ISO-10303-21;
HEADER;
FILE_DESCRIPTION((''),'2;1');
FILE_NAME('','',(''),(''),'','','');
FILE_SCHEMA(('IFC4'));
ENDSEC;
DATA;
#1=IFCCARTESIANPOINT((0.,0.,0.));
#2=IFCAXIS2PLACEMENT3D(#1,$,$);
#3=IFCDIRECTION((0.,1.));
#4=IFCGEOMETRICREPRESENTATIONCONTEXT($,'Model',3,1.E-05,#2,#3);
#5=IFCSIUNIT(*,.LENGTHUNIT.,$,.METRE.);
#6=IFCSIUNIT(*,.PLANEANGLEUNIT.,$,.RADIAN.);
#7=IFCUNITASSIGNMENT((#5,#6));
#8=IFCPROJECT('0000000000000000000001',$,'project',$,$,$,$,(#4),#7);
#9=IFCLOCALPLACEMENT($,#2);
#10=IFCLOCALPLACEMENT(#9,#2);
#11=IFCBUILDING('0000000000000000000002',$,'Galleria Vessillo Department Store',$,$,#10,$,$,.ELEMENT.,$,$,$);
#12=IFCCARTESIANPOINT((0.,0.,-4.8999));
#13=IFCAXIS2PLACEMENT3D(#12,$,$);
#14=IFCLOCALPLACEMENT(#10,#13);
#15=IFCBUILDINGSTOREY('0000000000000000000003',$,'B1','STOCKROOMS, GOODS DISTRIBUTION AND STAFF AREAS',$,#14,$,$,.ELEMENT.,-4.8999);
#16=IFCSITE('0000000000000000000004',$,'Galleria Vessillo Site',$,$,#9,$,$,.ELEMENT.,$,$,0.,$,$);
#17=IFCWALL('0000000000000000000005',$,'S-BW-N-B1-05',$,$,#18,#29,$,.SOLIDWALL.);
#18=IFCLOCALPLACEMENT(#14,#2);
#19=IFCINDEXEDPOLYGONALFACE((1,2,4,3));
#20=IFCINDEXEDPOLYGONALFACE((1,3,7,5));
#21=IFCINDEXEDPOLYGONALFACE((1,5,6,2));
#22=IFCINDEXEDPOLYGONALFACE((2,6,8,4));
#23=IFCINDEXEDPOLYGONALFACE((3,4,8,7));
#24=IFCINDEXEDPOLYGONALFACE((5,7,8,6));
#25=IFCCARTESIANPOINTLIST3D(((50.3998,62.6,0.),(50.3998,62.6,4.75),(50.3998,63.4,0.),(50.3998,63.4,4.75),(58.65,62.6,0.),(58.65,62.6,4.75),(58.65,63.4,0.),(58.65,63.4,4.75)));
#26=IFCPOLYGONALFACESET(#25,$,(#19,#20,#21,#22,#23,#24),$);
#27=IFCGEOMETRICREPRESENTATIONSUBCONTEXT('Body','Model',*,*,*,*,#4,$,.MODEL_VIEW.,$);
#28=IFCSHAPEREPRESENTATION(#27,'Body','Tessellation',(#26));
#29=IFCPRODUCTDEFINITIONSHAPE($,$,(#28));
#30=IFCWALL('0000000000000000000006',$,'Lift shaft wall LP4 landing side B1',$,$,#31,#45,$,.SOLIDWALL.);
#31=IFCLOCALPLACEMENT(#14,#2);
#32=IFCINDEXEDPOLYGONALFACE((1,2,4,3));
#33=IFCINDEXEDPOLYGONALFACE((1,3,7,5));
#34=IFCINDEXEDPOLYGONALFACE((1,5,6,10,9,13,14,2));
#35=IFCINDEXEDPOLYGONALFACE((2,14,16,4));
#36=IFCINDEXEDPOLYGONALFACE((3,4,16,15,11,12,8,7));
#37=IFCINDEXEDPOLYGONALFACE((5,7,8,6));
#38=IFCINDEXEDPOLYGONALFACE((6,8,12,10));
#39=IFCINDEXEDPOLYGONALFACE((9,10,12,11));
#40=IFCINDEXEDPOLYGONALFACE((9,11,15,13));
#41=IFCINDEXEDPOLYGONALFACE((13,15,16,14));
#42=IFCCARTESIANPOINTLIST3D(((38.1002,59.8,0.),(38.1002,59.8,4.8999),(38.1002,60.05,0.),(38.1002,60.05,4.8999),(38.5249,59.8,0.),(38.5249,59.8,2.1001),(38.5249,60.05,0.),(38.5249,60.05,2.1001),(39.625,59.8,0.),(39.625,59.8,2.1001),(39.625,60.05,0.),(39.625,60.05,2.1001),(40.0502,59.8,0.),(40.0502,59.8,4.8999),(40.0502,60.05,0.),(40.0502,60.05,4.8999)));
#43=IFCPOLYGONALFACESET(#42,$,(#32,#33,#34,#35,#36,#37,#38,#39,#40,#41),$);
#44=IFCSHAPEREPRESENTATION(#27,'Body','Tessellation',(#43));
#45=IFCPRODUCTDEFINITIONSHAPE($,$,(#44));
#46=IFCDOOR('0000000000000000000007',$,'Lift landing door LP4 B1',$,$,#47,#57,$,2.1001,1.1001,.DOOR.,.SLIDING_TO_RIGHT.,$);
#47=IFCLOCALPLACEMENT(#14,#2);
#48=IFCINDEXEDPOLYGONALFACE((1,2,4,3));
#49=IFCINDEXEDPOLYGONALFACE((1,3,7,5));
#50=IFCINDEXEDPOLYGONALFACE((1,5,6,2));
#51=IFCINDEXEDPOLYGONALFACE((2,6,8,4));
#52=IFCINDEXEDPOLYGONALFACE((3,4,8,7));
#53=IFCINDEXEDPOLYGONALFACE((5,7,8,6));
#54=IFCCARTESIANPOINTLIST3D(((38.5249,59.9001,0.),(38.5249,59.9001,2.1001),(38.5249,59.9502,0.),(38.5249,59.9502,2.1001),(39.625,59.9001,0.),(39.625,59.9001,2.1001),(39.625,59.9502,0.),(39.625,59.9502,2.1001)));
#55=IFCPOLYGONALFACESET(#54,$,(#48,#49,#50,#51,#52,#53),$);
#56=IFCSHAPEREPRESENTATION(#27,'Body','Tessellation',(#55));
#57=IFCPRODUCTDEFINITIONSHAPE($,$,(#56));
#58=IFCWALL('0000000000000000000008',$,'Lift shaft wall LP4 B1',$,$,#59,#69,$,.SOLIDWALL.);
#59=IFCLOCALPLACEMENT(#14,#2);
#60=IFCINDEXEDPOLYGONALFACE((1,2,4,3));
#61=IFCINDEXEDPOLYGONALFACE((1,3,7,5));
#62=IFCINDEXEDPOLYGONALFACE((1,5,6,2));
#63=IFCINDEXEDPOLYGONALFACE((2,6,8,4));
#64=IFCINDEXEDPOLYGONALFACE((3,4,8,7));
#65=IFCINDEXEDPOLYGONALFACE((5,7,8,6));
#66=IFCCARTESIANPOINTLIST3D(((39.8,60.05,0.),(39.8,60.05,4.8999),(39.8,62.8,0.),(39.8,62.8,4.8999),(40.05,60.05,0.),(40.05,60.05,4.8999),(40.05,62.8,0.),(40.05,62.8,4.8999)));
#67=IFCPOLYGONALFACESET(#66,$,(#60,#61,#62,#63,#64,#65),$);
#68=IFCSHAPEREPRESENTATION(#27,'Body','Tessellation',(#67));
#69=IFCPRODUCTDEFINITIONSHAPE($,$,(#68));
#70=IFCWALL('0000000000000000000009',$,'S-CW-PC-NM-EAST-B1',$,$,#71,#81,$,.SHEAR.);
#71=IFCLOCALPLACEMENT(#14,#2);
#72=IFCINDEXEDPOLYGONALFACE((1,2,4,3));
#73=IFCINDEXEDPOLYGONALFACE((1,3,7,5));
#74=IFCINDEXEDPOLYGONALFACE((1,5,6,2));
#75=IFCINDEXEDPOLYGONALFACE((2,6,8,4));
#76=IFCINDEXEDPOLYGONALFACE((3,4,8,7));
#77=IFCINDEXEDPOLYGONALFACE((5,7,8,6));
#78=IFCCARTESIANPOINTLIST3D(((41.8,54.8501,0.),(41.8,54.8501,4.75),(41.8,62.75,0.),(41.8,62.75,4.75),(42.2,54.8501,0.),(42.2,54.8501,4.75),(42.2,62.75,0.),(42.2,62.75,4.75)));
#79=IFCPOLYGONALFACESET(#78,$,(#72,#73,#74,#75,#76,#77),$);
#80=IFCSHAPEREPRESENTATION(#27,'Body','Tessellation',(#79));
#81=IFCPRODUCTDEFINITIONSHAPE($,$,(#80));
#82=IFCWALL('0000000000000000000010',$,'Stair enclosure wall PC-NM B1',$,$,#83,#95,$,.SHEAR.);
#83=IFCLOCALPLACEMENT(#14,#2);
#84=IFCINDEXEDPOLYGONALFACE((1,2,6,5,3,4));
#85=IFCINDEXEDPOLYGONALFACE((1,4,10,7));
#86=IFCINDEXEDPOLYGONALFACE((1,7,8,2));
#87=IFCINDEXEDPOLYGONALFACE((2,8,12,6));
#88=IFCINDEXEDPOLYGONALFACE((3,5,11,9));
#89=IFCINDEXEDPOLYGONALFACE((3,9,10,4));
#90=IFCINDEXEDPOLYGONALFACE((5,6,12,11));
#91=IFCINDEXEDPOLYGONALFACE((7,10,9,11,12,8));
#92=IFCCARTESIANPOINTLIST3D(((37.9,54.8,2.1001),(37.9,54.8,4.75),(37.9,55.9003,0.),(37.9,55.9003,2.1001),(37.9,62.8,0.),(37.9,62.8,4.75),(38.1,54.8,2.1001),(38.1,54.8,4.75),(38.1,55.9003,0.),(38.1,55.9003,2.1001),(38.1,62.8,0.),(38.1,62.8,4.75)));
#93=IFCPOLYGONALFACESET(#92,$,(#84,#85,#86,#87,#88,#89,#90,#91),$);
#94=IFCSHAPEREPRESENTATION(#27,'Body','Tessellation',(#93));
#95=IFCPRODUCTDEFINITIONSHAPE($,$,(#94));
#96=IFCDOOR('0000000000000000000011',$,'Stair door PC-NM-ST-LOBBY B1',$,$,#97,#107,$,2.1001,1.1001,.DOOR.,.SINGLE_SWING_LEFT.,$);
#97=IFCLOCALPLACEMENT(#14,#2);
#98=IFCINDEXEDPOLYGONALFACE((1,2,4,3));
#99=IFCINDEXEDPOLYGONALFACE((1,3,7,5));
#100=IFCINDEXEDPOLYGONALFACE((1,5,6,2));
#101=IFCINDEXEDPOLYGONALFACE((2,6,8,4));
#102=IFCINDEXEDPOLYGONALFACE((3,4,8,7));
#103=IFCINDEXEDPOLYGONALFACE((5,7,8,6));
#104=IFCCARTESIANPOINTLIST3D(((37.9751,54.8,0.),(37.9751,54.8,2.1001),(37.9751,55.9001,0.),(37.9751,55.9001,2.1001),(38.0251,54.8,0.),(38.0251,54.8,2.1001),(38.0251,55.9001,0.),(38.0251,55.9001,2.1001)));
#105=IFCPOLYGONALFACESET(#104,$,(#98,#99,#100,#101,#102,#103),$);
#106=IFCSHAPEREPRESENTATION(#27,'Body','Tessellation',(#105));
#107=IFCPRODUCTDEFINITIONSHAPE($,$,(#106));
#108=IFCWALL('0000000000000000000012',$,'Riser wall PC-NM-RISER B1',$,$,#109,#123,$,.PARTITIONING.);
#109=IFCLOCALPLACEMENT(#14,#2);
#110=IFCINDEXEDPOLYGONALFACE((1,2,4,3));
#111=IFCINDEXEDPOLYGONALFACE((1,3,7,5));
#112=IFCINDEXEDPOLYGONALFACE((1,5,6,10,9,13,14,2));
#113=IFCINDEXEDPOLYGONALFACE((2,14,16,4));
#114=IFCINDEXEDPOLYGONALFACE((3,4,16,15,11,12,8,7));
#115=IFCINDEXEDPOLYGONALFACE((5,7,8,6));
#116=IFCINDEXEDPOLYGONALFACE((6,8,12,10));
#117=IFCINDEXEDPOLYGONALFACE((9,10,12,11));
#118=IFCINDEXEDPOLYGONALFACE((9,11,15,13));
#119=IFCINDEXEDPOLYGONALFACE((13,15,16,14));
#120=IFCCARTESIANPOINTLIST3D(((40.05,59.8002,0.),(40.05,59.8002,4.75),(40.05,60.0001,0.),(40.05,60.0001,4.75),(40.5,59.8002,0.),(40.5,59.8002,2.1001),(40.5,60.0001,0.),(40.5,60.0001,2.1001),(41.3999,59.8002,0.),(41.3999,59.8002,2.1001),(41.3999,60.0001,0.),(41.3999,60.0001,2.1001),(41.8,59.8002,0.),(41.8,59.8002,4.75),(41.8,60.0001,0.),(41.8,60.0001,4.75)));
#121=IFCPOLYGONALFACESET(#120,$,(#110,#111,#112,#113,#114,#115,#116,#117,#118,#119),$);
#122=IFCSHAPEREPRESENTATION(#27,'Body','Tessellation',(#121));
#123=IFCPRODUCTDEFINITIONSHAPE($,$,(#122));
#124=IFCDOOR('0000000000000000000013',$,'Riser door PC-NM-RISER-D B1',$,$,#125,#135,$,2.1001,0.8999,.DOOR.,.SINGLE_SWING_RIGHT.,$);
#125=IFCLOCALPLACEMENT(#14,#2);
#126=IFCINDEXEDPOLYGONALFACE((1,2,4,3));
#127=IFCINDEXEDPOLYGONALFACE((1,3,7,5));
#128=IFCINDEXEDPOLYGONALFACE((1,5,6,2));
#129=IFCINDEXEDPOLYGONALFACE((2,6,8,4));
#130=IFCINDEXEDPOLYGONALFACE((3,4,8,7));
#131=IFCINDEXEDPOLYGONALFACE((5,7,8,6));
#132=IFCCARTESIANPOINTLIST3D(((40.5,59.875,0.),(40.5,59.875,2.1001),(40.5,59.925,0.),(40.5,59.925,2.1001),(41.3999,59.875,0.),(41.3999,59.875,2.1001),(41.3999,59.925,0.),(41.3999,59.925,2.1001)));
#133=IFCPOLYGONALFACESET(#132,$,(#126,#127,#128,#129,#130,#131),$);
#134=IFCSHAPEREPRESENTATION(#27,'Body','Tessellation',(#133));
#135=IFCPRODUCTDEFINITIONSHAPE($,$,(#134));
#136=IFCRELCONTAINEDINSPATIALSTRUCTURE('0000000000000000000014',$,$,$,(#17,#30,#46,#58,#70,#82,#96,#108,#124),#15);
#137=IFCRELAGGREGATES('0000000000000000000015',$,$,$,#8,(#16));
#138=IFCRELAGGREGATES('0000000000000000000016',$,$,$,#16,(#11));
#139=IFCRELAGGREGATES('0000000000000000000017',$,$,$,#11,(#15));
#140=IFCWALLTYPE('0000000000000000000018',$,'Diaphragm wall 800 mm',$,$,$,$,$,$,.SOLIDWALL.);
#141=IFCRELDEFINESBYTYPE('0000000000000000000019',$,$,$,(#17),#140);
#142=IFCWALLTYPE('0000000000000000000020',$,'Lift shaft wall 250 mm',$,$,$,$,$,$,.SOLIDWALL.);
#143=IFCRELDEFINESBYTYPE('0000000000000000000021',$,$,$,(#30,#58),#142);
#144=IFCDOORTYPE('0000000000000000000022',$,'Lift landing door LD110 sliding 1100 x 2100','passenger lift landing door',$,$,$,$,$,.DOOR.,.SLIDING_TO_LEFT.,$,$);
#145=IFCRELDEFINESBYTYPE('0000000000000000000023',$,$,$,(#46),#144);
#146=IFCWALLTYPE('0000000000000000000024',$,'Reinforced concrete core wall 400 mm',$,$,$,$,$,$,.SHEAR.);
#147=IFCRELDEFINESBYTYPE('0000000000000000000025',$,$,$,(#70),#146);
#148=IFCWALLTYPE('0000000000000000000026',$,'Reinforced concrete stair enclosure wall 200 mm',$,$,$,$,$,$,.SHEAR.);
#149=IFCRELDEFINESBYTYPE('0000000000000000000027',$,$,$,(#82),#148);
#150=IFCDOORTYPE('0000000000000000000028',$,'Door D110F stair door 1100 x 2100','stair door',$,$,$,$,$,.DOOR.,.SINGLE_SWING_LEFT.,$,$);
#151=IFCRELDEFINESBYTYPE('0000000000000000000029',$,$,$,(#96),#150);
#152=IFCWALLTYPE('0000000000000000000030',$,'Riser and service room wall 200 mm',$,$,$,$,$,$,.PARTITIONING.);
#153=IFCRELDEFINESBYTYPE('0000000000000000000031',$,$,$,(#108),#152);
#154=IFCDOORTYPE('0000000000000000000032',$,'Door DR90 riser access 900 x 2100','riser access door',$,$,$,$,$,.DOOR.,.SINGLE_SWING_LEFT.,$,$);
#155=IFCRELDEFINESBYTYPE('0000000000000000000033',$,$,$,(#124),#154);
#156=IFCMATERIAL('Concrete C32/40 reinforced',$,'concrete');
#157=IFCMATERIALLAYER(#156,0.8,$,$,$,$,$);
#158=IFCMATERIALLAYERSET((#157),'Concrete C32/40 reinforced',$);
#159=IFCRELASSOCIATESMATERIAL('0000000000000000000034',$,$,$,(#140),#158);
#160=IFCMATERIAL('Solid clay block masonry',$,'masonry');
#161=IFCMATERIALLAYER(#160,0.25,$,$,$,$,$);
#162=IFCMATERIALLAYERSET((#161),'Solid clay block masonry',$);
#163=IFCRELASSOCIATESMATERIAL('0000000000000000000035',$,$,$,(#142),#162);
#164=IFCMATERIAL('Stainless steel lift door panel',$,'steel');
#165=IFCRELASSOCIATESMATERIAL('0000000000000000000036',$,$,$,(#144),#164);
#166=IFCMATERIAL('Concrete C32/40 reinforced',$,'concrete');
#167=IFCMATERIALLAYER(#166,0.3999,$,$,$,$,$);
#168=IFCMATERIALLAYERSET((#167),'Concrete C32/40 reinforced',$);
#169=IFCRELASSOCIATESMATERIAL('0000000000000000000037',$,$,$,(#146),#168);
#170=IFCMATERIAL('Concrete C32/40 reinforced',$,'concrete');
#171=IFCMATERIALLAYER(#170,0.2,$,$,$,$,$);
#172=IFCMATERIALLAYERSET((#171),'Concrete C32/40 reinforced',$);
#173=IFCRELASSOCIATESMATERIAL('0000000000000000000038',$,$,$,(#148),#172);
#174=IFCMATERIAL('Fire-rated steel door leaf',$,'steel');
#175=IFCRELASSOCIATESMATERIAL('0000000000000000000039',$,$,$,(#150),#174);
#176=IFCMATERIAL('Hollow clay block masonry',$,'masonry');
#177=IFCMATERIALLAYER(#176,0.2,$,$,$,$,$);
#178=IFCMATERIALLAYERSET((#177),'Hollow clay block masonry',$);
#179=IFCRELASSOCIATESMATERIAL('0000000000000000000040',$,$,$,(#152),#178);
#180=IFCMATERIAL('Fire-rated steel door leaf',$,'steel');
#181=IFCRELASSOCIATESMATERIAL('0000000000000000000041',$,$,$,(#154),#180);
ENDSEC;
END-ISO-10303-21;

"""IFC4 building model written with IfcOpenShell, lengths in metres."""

from ifc_helpers import new_model, si_unit, direction, frame, frame_2d, origin, place, context, subcontext, project, spatial, rectangle, extrude, material, layer, layer_set, type_object, element, fill, save


model = new_model("IFC4")

# Units and contexts
model_context = context("Model", 3, precision=1e-05, world=origin(), true_north=direction((0.0, 1.0)))
body_context = subcontext(model_context, "Body", "Model", "MODEL_VIEW")
ifc_project = project(units=[si_unit("LENGTHUNIT", "METRE"), si_unit("PLANEANGLEUNIT", "RADIAN")], contexts=[model_context])

# Site, building, storey
site_placement = place(None, origin())
site = spatial("IfcSite", under=ifc_project, at=site_placement, Name="Galleria Vessillo Site", CompositionType="ELEMENT", RefElevation=0.0)
building_placement = place(site_placement, origin())
building = spatial("IfcBuilding", under=site, at=building_placement, Name="Galleria Vessillo Department Store", CompositionType="ELEMENT")
storey_placement = place(building_placement, frame((0.0, 0.0, -4.8999)))
storey = spatial("IfcBuildingStorey", under=building, at=storey_placement, Name="B1", Description="STOCKROOMS, GOODS DISTRIBUTION AND STAFF AREAS", CompositionType="ELEMENT", Elevation=-4.8999)

# Wall
ifc_material_1 = material(Name="Concrete C32/40 reinforced", Category="concrete")
ifc_layer_1 = layer(ifc_material_1, 0.8)
ifc_layer_set_1 = layer_set([ifc_layer_1], Name="Concrete C32/40 reinforced")
wall_type_1 = type_object("IfcWallType", Name="Diaphragm wall 800 mm", PredefinedType="SOLIDWALL", material=ifc_layer_set_1)
wall_1_placement = place(storey_placement, frame((50.3999, 63.0, 0.0), z_axis=(0.0, 0.0, 1.0), x_axis=(1.0, 0.0, 0.0)))
element("IfcWall", 1, at=wall_1_placement, inside=storey, type_object=wall_type_1, Name="S-BW-N-B1-05", PredefinedType="SOLIDWALL", context=body_context, shape_type="SweptSolid", body=[
    extrude(rectangle(XDim=8.2502, YDim=0.8, at=frame_2d((4.125, 0.0))), origin(), (0.0, 0.0, 1.0), 4.75),
])

# Wall, opening, door
ifc_material_2 = material(Name="Solid clay block masonry", Category="masonry")
ifc_layer_2 = layer(ifc_material_2, 0.25)
ifc_layer_set_2 = layer_set([ifc_layer_2], Name="Solid clay block masonry")
wall_type_2 = type_object("IfcWallType", Name="Lift shaft wall 250 mm", PredefinedType="SOLIDWALL", material=ifc_layer_set_2)
wall_2_placement = place(storey_placement, frame((38.1001, 59.925, 0.0), z_axis=(0.0, 0.0, 1.0), x_axis=(1.0, 0.0, 0.0)))
wall_2 = element("IfcWall", 2, at=wall_2_placement, inside=storey, type_object=wall_type_2, Name="Lift shaft wall LP4 landing side B1", PredefinedType="SOLIDWALL", context=body_context, shape_type="SweptSolid", body=[
    extrude(rectangle(XDim=1.95, YDim=0.25, at=frame_2d((0.9751, 0.0))), origin(), (0.0, 0.0, 1.0), 4.8999),
])
opening_1_placement = place(wall_2_placement, frame((0.4248, 0.0, 0.0)))
opening_1 = element("IfcOpeningElement", 3, at=opening_1_placement, cuts=wall_2, PredefinedType="OPENING", context=body_context, shape_type="SweptSolid", body=[
    extrude(rectangle(XDim=1.1001, YDim=2.1001, at=frame_2d((0.55, 1.05))), frame((0.0, 0.135, 0.0), z_axis=(0.0, -1.0, 0.0), x_axis=(1.0, 0.0, 0.0)), (0.0, 0.0, 1.0), 0.27),
])
ifc_material_3 = material(Name="Stainless steel lift door panel", Category="steel")
door_type_1 = type_object("IfcDoorType", Name="Lift landing door LD110 sliding 1100 x 2100", Description="passenger lift landing door", OperationType="SLIDING_TO_LEFT", PredefinedType="DOOR", material=ifc_material_3)
door_1_placement = place(opening_1_placement, frame((1.1001, 0.0, 0.0), z_axis=(0.0, 0.0, 1.0), x_axis=(-1.0, 0.0, 0.0)))
door_1 = element("IfcDoor", 4, at=door_1_placement, inside=storey, type_object=door_type_1, Name="Lift landing door LP4 B1", OperationType="SLIDING_TO_RIGHT", OverallHeight=2.1001, OverallWidth=1.1001, PredefinedType="DOOR", context=body_context, shape_type="SweptSolid", body=[
    extrude(rectangle(XDim=1.1001, YDim=2.1001, at=frame_2d((0.55, 1.05))), frame((0.0, 0.0249, 0.0), z_axis=(0.0, -1.0, 0.0), x_axis=(1.0, 0.0, 0.0)), (0.0, 0.0, 1.0), 0.05),
])
fill(opening_1, door_1)

# Walls
wall_3_placement = place(storey_placement, frame((39.925, 62.8, 0.0), z_axis=(0.0, 0.0, 1.0), x_axis=(0.0, -1.0, 0.0)))
element("IfcWall", 5, at=wall_3_placement, inside=storey, type_object=wall_type_2, Name="Lift shaft wall LP4 B1", PredefinedType="SOLIDWALL", context=body_context, shape_type="SweptSolid", body=[
    extrude(rectangle(XDim=2.75, YDim=0.25, at=frame_2d((1.375, 0.0))), origin(), (0.0, 0.0, 1.0), 4.8999),
])
ifc_material_4 = material(Name="Concrete C32/40 reinforced", Category="concrete")
ifc_layer_3 = layer(ifc_material_4, 0.3999)
ifc_layer_set_3 = layer_set([ifc_layer_3], Name="Concrete C32/40 reinforced")
wall_type_3 = type_object("IfcWallType", Name="Reinforced concrete core wall 400 mm", PredefinedType="SHEAR", material=ifc_layer_set_3)
wall_4_placement = place(storey_placement, frame((42.0, 54.8501, 0.0), z_axis=(0.0, 0.0, 1.0), x_axis=(0.0, 1.0, 0.0)))
element("IfcWall", 6, at=wall_4_placement, inside=storey, type_object=wall_type_3, Name="S-CW-PC-NM-EAST-B1", PredefinedType="SHEAR", context=body_context, shape_type="SweptSolid", body=[
    extrude(rectangle(XDim=7.8999, YDim=0.3999, at=frame_2d((3.95, 0.0))), origin(), (0.0, 0.0, 1.0), 4.75),
])

# Walls, openings, doors
ifc_material_5 = material(Name="Concrete C32/40 reinforced", Category="concrete")
ifc_layer_4 = layer(ifc_material_5, 0.2)
ifc_layer_set_4 = layer_set([ifc_layer_4], Name="Concrete C32/40 reinforced")
wall_type_4 = type_object("IfcWallType", Name="Reinforced concrete stair enclosure wall 200 mm", PredefinedType="SHEAR", material=ifc_layer_set_4)
wall_5_placement = place(storey_placement, frame((38.0, 62.8, 0.0), z_axis=(0.0, 0.0, 1.0), x_axis=(0.0, -1.0, 0.0)))
wall_5 = element("IfcWall", 7, at=wall_5_placement, inside=storey, type_object=wall_type_4, Name="Stair enclosure wall PC-NM B1", PredefinedType="SHEAR", context=body_context, shape_type="SweptSolid", body=[
    extrude(rectangle(XDim=8.0, YDim=0.2, at=frame_2d((4.0, 0.0))), origin(), (0.0, 0.0, 1.0), 4.75),
])
opening_2_placement = place(wall_5_placement, frame((6.8999, 0.0, 0.0)))
opening_2 = element("IfcOpeningElement", 8, at=opening_2_placement, cuts=wall_5, PredefinedType="OPENING", context=body_context, shape_type="SweptSolid", body=[
    extrude(rectangle(XDim=1.1101, YDim=2.1001, at=frame_2d((0.5549, 1.05))), frame((0.0, 0.1099, 0.0), z_axis=(0.0, -1.0, 0.0), x_axis=(1.0, 0.0, 0.0)), (0.0, 0.0, 1.0), 0.22),
])
ifc_material_6 = material(Name="Fire-rated steel door leaf", Category="steel")
door_type_2 = type_object("IfcDoorType", Name="Door D110F stair door 1100 x 2100", Description="stair door", OperationType="SINGLE_SWING_LEFT", PredefinedType="DOOR", material=ifc_material_6)
door_2_placement = place(opening_2_placement, frame((1.1001, 0.0, 0.0), z_axis=(0.0, 0.0, 1.0), x_axis=(-1.0, 0.0, 0.0)))
door_2 = element("IfcDoor", 9, at=door_2_placement, inside=storey, type_object=door_type_2, Name="Stair door PC-NM-ST-LOBBY B1", OperationType="SINGLE_SWING_LEFT", OverallHeight=2.1001, OverallWidth=1.1001, PredefinedType="DOOR", context=body_context, shape_type="SweptSolid", body=[
    extrude(rectangle(XDim=1.1001, YDim=2.1001, at=frame_2d((0.55, 1.05))), frame((0.0, 0.0249, 0.0), z_axis=(0.0, -1.0, 0.0), x_axis=(1.0, 0.0, 0.0)), (0.0, 0.0, 1.0), 0.05),
])
fill(opening_2, door_2)
ifc_material_7 = material(Name="Hollow clay block masonry", Category="masonry")
ifc_layer_5 = layer(ifc_material_7, 0.2)
ifc_layer_set_5 = layer_set([ifc_layer_5], Name="Hollow clay block masonry")
wall_type_5 = type_object("IfcWallType", Name="Riser and service room wall 200 mm", PredefinedType="PARTITIONING", material=ifc_layer_set_5)
wall_6_placement = place(storey_placement, frame((40.05, 59.9001, 0.0), z_axis=(0.0, 0.0, 1.0), x_axis=(1.0, 0.0, 0.0)))
wall_6 = element("IfcWall", 10, at=wall_6_placement, inside=storey, type_object=wall_type_5, Name="Riser wall PC-NM-RISER B1", PredefinedType="PARTITIONING", context=body_context, shape_type="SweptSolid", body=[
    extrude(rectangle(XDim=1.75, YDim=0.2, at=frame_2d((0.875, 0.0))), origin(), (0.0, 0.0, 1.0), 4.75),
])
opening_3_placement = place(wall_6_placement, frame((0.45, 0.0, 0.0)))
opening_3 = element("IfcOpeningElement", 11, at=opening_3_placement, cuts=wall_6, PredefinedType="OPENING", context=body_context, shape_type="SweptSolid", body=[
    extrude(rectangle(XDim=0.8999, YDim=2.1001, at=frame_2d((0.45, 1.05))), frame((0.0, 0.1099, 0.0), z_axis=(0.0, -1.0, 0.0), x_axis=(1.0, 0.0, 0.0)), (0.0, 0.0, 1.0), 0.22),
])
ifc_material_8 = material(Name="Fire-rated steel door leaf", Category="steel")
door_type_3 = type_object("IfcDoorType", Name="Door DR90 riser access 900 x 2100", Description="riser access door", OperationType="SINGLE_SWING_LEFT", PredefinedType="DOOR", material=ifc_material_8)
door_3_placement = place(opening_3_placement, origin())
door_3 = element("IfcDoor", 12, at=door_3_placement, inside=storey, type_object=door_type_3, Name="Riser door PC-NM-RISER-D B1", OperationType="SINGLE_SWING_RIGHT", OverallHeight=2.1001, OverallWidth=0.8999, PredefinedType="DOOR", context=body_context, shape_type="SweptSolid", body=[
    extrude(rectangle(XDim=0.8999, YDim=2.1001, at=frame_2d((0.45, 1.05))), frame((0.0, 0.0249, 0.0), z_axis=(0.0, -1.0, 0.0), x_axis=(1.0, 0.0, 0.0)), (0.0, 0.0, 1.0), 0.05),
])
fill(opening_3, door_3)

save(model, "model.ifc")
